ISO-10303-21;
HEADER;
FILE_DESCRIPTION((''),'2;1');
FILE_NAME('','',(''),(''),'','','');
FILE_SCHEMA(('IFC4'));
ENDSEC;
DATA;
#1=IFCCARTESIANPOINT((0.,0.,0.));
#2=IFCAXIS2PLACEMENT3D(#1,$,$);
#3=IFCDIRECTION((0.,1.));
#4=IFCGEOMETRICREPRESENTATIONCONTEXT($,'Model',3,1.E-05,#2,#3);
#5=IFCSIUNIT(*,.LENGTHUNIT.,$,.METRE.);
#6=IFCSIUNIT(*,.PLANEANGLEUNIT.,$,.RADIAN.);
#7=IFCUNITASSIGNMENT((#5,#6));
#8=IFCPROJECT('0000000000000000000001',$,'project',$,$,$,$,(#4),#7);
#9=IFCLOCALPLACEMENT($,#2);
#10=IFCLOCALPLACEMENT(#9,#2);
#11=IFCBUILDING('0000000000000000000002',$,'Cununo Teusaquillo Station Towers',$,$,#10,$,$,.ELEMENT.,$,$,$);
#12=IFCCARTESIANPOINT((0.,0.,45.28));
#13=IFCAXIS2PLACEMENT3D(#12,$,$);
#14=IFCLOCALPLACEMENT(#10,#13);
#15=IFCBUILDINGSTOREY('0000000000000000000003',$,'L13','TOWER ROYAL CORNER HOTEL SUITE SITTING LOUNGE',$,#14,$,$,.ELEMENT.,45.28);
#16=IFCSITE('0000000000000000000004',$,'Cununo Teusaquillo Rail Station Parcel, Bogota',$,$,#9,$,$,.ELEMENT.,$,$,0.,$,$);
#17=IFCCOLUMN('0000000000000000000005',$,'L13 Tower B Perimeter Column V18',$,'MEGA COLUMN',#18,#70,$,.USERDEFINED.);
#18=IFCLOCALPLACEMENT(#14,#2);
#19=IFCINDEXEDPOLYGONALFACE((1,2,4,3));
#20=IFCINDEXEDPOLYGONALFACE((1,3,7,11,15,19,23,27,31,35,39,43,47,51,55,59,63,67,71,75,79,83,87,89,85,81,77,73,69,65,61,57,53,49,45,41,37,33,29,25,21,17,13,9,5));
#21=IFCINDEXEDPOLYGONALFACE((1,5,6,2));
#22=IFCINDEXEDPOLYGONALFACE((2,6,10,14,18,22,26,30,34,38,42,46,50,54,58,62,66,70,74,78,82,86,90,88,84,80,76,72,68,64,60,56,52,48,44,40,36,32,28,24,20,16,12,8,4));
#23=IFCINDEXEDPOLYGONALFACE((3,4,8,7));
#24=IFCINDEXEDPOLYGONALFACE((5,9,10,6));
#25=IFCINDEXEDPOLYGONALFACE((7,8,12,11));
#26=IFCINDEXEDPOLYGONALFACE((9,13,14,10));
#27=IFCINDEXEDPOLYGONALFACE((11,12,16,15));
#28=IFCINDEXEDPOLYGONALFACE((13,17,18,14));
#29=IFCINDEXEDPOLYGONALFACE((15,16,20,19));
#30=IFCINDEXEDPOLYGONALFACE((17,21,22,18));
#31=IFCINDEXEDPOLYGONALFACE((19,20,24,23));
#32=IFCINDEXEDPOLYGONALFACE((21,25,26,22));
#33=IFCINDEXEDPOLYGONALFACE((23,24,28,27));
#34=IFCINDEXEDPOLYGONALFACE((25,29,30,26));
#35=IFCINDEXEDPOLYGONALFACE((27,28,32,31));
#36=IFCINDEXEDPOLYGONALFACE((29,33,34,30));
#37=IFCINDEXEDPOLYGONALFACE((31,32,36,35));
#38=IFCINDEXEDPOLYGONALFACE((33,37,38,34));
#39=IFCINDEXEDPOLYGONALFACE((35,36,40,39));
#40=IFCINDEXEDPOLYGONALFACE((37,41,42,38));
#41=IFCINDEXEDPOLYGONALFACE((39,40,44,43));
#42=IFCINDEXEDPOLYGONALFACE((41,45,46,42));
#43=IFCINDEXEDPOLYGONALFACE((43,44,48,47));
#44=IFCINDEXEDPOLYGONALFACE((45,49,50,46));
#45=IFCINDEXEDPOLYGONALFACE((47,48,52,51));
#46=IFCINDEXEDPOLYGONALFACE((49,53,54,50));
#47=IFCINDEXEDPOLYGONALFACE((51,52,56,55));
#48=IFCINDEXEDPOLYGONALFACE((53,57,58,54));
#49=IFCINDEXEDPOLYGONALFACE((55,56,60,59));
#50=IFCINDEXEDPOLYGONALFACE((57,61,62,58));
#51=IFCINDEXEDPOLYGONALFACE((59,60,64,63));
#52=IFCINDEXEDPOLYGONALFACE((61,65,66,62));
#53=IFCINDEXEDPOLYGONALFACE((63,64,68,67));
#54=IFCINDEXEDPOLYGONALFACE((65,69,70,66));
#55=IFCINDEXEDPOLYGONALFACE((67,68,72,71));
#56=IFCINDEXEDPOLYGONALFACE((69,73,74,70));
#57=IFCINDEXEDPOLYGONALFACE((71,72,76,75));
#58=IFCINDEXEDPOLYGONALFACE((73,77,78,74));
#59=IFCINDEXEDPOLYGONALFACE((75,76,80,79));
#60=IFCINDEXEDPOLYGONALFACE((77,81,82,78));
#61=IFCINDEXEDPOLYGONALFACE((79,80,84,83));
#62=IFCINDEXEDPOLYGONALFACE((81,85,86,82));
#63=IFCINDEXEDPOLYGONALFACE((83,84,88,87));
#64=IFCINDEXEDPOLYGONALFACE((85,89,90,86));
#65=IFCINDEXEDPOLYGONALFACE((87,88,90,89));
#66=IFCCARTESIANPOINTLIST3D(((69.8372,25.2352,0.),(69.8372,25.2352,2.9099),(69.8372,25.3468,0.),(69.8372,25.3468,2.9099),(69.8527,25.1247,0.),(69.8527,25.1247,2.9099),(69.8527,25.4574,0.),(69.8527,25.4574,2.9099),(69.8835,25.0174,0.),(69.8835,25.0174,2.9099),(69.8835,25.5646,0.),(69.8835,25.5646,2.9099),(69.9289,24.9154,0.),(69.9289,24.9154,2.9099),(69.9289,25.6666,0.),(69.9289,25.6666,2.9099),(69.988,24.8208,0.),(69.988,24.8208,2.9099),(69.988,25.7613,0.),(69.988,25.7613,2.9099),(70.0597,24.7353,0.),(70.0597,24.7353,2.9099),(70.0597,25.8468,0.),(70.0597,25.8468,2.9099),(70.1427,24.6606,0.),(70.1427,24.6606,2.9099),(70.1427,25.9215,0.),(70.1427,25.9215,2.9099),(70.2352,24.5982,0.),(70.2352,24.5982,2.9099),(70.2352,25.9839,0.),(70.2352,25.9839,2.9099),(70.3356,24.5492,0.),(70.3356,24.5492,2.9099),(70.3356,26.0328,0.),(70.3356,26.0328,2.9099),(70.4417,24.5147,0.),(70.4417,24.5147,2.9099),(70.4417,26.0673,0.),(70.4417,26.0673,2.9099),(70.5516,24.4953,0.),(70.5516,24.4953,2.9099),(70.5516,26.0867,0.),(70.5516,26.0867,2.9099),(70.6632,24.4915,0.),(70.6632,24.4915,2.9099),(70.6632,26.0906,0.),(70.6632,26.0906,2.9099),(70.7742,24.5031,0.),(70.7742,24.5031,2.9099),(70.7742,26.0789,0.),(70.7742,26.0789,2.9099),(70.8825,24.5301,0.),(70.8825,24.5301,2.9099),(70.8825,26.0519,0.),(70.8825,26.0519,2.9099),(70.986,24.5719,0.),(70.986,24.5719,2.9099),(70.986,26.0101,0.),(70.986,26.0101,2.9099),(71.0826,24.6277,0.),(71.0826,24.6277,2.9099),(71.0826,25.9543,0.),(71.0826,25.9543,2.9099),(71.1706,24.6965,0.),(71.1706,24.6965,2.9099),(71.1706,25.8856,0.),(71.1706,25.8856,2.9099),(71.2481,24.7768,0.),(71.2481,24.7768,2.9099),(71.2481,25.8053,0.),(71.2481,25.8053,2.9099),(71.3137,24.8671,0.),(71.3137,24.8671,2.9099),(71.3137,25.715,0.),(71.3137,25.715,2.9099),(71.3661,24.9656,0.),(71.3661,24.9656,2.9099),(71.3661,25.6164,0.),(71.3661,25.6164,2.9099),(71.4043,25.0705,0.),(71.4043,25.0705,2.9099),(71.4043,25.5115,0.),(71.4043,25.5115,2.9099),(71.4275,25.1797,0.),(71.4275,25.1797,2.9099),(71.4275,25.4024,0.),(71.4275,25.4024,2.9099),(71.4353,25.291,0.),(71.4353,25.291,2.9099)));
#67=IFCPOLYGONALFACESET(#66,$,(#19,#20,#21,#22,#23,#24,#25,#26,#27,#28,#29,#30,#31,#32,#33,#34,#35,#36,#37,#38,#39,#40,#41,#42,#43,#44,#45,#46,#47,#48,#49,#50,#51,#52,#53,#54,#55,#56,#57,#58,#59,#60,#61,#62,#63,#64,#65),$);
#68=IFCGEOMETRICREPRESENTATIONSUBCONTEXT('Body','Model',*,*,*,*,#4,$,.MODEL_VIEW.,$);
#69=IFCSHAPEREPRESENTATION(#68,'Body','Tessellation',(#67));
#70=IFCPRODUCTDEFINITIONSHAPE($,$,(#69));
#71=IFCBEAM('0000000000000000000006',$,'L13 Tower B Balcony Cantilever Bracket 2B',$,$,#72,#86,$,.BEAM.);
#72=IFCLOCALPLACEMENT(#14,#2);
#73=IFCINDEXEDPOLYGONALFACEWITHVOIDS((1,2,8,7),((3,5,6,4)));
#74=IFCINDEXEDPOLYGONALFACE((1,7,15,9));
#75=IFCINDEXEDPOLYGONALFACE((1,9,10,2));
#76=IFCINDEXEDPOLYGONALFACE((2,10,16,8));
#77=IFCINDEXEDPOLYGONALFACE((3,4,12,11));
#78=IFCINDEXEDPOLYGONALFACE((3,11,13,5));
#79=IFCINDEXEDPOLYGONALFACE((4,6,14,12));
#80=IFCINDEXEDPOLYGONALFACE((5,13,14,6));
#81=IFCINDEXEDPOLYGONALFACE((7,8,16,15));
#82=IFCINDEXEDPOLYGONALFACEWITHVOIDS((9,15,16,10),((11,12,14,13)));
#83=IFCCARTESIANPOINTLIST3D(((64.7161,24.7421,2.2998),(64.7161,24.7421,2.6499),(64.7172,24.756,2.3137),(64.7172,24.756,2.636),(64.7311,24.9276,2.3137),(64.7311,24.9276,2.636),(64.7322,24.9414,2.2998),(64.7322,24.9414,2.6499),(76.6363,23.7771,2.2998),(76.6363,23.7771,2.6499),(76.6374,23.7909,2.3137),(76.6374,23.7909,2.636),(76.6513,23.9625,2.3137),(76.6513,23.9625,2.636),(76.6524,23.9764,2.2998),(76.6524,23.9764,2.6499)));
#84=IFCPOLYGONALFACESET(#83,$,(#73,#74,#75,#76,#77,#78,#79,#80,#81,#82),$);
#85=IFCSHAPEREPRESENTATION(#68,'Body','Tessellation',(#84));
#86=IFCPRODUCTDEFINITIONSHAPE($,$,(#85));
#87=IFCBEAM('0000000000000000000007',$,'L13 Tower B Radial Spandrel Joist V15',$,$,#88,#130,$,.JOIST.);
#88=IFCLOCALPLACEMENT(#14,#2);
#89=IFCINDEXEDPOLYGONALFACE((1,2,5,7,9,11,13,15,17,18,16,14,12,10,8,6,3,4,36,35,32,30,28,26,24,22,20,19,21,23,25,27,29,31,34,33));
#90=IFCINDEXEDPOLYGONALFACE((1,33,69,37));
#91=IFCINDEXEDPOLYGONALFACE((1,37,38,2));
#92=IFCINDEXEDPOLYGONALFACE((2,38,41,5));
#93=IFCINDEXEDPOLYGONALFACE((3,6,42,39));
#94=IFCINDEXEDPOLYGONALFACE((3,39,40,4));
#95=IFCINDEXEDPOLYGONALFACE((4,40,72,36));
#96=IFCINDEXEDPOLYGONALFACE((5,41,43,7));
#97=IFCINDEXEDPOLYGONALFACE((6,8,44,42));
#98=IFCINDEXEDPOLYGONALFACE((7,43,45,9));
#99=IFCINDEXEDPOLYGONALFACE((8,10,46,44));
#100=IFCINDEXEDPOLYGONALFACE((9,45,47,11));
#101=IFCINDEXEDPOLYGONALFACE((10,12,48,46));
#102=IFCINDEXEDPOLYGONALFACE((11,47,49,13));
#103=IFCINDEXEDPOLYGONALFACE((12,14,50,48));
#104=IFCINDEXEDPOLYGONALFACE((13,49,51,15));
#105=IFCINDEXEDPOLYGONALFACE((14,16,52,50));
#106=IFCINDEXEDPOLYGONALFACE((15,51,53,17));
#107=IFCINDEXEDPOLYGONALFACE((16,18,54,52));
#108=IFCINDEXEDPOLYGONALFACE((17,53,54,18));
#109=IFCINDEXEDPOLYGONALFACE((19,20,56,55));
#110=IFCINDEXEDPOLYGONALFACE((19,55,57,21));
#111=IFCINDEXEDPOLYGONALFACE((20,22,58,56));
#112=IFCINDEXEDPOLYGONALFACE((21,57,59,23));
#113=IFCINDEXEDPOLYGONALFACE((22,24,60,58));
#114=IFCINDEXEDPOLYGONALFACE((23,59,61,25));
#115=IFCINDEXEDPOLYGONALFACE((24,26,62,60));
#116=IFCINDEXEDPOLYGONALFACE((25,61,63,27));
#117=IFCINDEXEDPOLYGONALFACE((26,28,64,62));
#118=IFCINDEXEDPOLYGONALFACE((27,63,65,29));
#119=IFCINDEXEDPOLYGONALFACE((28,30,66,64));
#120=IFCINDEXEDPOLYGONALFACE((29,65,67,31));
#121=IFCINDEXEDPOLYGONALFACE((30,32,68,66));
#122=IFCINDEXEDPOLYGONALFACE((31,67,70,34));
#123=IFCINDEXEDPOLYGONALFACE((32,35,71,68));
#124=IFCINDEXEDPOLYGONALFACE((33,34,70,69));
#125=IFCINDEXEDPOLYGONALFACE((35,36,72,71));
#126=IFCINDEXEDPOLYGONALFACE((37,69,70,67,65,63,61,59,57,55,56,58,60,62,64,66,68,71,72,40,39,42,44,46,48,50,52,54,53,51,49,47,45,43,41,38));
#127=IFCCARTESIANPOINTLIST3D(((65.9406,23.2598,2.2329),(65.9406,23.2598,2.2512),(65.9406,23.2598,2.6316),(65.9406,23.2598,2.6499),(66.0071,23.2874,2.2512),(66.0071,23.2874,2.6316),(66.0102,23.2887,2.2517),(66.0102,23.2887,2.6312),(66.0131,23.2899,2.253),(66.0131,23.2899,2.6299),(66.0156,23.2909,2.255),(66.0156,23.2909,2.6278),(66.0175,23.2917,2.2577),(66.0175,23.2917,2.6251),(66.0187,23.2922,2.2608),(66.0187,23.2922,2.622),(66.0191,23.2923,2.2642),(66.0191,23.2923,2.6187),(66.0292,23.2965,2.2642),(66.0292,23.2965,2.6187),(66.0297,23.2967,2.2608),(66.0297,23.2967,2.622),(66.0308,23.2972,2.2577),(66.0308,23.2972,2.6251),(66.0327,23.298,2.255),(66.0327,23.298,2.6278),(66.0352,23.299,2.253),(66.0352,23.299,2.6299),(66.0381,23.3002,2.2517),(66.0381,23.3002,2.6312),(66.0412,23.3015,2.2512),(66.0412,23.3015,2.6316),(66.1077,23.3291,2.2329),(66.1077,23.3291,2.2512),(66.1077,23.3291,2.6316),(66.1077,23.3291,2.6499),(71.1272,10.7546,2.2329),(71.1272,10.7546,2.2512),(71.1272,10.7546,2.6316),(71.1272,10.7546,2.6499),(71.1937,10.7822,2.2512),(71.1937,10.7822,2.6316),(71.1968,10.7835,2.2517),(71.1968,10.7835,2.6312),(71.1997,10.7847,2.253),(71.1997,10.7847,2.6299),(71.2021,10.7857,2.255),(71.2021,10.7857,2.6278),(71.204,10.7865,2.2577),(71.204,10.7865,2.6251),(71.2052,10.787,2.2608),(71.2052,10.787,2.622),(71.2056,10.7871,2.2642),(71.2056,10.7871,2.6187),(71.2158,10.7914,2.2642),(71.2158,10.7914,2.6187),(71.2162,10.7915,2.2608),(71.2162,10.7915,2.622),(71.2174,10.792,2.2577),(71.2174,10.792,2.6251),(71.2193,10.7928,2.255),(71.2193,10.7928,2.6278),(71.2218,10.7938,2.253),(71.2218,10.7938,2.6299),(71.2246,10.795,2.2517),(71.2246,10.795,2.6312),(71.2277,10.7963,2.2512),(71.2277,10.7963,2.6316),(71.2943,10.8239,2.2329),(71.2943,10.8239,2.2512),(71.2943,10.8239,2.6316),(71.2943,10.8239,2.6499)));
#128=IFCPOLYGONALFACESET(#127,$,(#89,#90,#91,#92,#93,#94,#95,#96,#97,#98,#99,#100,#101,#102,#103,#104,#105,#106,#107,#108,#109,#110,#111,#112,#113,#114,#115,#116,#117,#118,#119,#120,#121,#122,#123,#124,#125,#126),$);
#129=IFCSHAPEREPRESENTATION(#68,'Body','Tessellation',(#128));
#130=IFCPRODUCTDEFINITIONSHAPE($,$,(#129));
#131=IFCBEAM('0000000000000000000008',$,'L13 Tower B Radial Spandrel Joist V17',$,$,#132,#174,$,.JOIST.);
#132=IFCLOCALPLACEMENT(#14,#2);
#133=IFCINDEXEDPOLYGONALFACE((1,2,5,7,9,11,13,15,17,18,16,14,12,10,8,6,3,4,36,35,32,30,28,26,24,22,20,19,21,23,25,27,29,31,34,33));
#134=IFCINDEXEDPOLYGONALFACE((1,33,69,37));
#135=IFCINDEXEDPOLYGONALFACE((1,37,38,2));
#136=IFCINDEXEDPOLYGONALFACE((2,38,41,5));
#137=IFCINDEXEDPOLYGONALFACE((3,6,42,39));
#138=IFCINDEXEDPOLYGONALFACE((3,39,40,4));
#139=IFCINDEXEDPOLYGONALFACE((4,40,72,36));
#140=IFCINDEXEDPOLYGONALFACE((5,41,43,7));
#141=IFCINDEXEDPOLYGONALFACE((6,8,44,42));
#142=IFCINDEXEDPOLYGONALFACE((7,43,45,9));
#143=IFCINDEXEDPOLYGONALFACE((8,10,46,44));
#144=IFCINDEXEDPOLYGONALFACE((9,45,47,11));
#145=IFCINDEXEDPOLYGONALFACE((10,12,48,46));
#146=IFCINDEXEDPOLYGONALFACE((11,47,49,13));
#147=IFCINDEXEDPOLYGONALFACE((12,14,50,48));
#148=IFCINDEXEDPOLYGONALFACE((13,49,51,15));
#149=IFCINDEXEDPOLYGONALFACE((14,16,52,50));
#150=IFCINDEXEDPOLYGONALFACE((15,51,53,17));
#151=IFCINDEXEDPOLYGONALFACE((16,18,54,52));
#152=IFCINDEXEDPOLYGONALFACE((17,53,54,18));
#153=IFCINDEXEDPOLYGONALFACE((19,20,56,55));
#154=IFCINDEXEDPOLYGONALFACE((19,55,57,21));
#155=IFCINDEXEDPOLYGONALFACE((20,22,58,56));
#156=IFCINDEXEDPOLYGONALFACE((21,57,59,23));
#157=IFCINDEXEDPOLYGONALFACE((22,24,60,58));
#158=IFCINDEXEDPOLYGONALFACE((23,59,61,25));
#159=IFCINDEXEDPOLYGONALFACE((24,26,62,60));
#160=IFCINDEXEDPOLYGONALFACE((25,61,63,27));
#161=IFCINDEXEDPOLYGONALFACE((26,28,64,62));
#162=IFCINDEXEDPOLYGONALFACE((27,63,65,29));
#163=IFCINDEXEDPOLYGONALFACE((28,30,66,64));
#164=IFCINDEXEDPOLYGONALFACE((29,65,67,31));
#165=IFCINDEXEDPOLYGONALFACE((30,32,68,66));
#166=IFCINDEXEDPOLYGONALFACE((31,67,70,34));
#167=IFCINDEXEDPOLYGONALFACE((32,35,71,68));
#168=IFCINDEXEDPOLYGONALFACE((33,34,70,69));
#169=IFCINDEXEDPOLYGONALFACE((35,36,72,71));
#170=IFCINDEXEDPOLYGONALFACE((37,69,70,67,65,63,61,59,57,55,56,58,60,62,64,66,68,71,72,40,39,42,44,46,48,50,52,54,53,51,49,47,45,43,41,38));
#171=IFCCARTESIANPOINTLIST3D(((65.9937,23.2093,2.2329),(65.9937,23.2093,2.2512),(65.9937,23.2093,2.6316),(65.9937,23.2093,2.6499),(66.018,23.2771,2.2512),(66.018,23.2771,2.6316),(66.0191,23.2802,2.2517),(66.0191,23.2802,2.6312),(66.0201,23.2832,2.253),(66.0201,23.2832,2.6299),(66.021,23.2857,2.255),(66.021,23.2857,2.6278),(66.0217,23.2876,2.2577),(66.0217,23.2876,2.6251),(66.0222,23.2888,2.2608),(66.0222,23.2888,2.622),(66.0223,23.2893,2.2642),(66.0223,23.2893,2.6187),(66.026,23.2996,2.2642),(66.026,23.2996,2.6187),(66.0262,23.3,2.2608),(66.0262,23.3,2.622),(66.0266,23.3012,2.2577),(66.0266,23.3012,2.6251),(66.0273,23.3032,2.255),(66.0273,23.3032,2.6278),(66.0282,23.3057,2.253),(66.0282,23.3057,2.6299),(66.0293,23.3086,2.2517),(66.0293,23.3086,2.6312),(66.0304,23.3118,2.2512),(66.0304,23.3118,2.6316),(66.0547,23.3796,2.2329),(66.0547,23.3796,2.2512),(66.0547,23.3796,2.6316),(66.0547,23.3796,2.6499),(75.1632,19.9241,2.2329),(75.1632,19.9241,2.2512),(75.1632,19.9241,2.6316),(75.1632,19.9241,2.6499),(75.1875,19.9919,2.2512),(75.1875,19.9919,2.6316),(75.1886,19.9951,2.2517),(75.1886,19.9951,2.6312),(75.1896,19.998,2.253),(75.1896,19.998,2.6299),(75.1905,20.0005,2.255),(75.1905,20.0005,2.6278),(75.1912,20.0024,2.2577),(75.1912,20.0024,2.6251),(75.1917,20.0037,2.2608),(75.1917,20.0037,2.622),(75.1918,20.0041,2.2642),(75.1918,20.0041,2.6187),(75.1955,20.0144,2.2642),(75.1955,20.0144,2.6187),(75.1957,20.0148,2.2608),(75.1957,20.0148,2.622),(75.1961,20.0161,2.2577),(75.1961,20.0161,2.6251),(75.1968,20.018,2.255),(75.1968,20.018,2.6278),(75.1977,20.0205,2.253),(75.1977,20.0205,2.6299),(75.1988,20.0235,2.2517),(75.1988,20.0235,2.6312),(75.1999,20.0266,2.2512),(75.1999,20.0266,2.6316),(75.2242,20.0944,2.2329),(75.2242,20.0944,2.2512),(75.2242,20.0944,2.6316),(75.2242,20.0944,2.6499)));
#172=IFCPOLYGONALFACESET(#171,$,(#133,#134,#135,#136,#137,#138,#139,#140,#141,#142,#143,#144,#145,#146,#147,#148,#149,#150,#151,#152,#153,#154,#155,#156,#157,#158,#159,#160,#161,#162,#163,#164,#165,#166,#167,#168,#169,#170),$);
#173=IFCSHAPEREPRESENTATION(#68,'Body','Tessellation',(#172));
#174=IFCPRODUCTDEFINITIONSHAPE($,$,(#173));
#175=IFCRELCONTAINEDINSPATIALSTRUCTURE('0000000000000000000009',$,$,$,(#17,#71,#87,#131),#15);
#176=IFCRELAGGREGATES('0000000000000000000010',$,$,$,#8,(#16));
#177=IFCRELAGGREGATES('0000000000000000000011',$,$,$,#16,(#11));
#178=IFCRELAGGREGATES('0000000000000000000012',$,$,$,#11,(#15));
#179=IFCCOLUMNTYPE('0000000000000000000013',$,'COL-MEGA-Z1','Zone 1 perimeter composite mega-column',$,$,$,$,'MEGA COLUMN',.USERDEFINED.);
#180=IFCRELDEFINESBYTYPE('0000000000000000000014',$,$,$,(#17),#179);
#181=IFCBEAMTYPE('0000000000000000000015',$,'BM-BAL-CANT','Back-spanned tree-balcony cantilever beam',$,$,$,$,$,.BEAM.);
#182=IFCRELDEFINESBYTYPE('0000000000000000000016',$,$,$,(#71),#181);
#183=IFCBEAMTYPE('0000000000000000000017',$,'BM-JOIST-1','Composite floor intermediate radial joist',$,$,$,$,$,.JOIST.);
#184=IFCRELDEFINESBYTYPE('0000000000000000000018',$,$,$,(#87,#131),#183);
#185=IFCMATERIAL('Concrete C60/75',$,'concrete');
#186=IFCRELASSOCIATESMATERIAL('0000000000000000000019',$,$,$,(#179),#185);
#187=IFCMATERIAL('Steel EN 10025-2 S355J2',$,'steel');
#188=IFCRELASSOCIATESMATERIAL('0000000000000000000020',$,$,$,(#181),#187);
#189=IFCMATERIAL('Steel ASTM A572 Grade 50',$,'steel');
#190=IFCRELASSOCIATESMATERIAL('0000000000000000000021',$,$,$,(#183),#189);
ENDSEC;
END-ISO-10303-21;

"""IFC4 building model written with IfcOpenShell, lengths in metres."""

from ifc_helpers import new_model, si_unit, direction, frame, origin, origin_2d, place, context, subcontext, project, spatial, hollow_rectangle, circle, i_section, extrude, material, material_profile, profile_set, type_object, element, save


model = new_model("IFC4")

# Units and contexts
model_context = context("Model", 3, precision=1e-05, world=origin(), true_north=direction((0.0, 1.0)))
body_context = subcontext(model_context, "Body", "Model", "MODEL_VIEW")
ifc_project = project(units=[si_unit("LENGTHUNIT", "METRE"), si_unit("PLANEANGLEUNIT", "RADIAN")], contexts=[model_context])

# Site, building, storey
site_placement = place(None, origin())
site = spatial("IfcSite", under=ifc_project, at=site_placement, Name="Cununo Teusaquillo Rail Station Parcel, Bogota", CompositionType="ELEMENT", RefElevation=0.0)
building_placement = place(site_placement, origin())
building = spatial("IfcBuilding", under=site, at=building_placement, Name="Cununo Teusaquillo Station Towers", CompositionType="ELEMENT")
storey_placement = place(building_placement, frame((0.0, 0.0, 45.28)))
storey = spatial("IfcBuildingStorey", under=building, at=storey_placement, Name="L13", Description="TOWER ROYAL CORNER HOTEL SUITE SITTING LOUNGE", CompositionType="ELEMENT", Elevation=45.28)

# Column
ifc_material_1 = material(Name="Concrete C60/75", Category="concrete")
ifc_material_profile_1 = material_profile(ifc_material_1, circle(Radius=0.8, at=origin_2d()), Name="RC-CIRC-1600")
ifc_profile_set_1 = profile_set([ifc_material_profile_1], Name="Concrete C60/75")
column_type = type_object("IfcColumnType", Name="COL-MEGA-Z1", Description="Zone 1 perimeter composite mega-column", ElementType="MEGA COLUMN", PredefinedType="USERDEFINED", material=ifc_profile_set_1)
column_placement = place(storey_placement, frame((70.6353, 25.291, 0.0), z_axis=(0.0, 0.0, 1.0), x_axis=(1.0, 0.0, 0.0)))
element("IfcColumn", 1, at=column_placement, inside=storey, type_object=column_type, Name="L13 Tower B Perimeter Column V18", ObjectType="MEGA COLUMN", PredefinedType="USERDEFINED", context=body_context, shape_type="SweptSolid", body=[
    extrude(circle(Radius=0.8, at=origin_2d()), origin(), (0.0, 0.0, 1.0), 2.9099),
])

# Beams
ifc_material_2 = material(Name="Steel EN 10025-2 S355J2", Category="steel")
ifc_material_profile_2 = material_profile(ifc_material_2, hollow_rectangle(XDim=0.2, YDim=0.3501, WallThickness=0.0139, at=origin_2d()), Name="RHS 350x200x14")
ifc_profile_set_2 = profile_set([ifc_material_profile_2], Name="Steel EN 10025-2 S355J2")
beam_type_1 = type_object("IfcBeamType", Name="BM-BAL-CANT", Description="Back-spanned tree-balcony cantilever beam", PredefinedType="BEAM", material=ifc_profile_set_2)
beam_1_placement = place(storey_placement, frame((64.7241, 24.8418, 2.4749), z_axis=(0.996739, -0.080699, 0.0), x_axis=(0.080699, 0.996739, 0.0)))
element("IfcBeam", 2, at=beam_1_placement, inside=storey, type_object=beam_type_1, Name="L13 Tower B Balcony Cantilever Bracket 2B", PredefinedType="BEAM", context=body_context, shape_type="SweptSolid", body=[
    extrude(hollow_rectangle(XDim=0.2, YDim=0.3501, WallThickness=0.0139, at=origin_2d()), origin(), (0.0, 0.0, 1.0), 11.9592),
])
ifc_material_3 = material(Name="Steel ASTM A572 Grade 50", Category="steel")
ifc_material_profile_3 = material_profile(ifc_material_3, i_section(OverallWidth=0.1809, OverallDepth=0.417, WebThickness=0.011, FlangeThickness=0.0183, FilletRadius=0.0129, at=origin_2d()), Name="W16X57")
ifc_profile_set_3 = profile_set([ifc_material_profile_3], Name="Steel ASTM A572 Grade 50")
beam_type_2 = type_object("IfcBeamType", Name="BM-JOIST-1", Description="Composite floor intermediate radial joist", PredefinedType="JOIST", material=ifc_profile_set_3)
beam_2_placement = place(storey_placement, frame((66.0242, 23.2944, 2.4414), z_axis=(0.383108, -0.923704, 0.0), x_axis=(0.923704, 0.383108, 0.0)))
element("IfcBeam", 3, at=beam_2_placement, inside=storey, type_object=beam_type_2, Name="L13 Tower B Radial Spandrel Joist V15", PredefinedType="JOIST", context=body_context, shape_type="SweptSolid", body=[
    extrude(i_section(OverallWidth=0.1809, OverallDepth=0.417, WebThickness=0.011, FlangeThickness=0.0183, FilletRadius=0.0129, at=origin_2d()), origin(), (0.0, 0.0, 1.0), 13.5381),
])
beam_3_placement = place(storey_placement, frame((66.0242, 23.2944, 2.4414), z_axis=(0.941405, -0.337279, 0.0), x_axis=(0.337279, 0.941405, 0.0)))
element("IfcBeam", 4, at=beam_3_placement, inside=storey, type_object=beam_type_2, Name="L13 Tower B Radial Spandrel Joist V17", PredefinedType="JOIST", context=body_context, shape_type="SweptSolid", body=[
    extrude(i_section(OverallWidth=0.1809, OverallDepth=0.417, WebThickness=0.011, FlangeThickness=0.0183, FilletRadius=0.0129, at=origin_2d()), origin(), (0.0, 0.0, 1.0), 9.7402),
])

save(model, "model.ifc")
